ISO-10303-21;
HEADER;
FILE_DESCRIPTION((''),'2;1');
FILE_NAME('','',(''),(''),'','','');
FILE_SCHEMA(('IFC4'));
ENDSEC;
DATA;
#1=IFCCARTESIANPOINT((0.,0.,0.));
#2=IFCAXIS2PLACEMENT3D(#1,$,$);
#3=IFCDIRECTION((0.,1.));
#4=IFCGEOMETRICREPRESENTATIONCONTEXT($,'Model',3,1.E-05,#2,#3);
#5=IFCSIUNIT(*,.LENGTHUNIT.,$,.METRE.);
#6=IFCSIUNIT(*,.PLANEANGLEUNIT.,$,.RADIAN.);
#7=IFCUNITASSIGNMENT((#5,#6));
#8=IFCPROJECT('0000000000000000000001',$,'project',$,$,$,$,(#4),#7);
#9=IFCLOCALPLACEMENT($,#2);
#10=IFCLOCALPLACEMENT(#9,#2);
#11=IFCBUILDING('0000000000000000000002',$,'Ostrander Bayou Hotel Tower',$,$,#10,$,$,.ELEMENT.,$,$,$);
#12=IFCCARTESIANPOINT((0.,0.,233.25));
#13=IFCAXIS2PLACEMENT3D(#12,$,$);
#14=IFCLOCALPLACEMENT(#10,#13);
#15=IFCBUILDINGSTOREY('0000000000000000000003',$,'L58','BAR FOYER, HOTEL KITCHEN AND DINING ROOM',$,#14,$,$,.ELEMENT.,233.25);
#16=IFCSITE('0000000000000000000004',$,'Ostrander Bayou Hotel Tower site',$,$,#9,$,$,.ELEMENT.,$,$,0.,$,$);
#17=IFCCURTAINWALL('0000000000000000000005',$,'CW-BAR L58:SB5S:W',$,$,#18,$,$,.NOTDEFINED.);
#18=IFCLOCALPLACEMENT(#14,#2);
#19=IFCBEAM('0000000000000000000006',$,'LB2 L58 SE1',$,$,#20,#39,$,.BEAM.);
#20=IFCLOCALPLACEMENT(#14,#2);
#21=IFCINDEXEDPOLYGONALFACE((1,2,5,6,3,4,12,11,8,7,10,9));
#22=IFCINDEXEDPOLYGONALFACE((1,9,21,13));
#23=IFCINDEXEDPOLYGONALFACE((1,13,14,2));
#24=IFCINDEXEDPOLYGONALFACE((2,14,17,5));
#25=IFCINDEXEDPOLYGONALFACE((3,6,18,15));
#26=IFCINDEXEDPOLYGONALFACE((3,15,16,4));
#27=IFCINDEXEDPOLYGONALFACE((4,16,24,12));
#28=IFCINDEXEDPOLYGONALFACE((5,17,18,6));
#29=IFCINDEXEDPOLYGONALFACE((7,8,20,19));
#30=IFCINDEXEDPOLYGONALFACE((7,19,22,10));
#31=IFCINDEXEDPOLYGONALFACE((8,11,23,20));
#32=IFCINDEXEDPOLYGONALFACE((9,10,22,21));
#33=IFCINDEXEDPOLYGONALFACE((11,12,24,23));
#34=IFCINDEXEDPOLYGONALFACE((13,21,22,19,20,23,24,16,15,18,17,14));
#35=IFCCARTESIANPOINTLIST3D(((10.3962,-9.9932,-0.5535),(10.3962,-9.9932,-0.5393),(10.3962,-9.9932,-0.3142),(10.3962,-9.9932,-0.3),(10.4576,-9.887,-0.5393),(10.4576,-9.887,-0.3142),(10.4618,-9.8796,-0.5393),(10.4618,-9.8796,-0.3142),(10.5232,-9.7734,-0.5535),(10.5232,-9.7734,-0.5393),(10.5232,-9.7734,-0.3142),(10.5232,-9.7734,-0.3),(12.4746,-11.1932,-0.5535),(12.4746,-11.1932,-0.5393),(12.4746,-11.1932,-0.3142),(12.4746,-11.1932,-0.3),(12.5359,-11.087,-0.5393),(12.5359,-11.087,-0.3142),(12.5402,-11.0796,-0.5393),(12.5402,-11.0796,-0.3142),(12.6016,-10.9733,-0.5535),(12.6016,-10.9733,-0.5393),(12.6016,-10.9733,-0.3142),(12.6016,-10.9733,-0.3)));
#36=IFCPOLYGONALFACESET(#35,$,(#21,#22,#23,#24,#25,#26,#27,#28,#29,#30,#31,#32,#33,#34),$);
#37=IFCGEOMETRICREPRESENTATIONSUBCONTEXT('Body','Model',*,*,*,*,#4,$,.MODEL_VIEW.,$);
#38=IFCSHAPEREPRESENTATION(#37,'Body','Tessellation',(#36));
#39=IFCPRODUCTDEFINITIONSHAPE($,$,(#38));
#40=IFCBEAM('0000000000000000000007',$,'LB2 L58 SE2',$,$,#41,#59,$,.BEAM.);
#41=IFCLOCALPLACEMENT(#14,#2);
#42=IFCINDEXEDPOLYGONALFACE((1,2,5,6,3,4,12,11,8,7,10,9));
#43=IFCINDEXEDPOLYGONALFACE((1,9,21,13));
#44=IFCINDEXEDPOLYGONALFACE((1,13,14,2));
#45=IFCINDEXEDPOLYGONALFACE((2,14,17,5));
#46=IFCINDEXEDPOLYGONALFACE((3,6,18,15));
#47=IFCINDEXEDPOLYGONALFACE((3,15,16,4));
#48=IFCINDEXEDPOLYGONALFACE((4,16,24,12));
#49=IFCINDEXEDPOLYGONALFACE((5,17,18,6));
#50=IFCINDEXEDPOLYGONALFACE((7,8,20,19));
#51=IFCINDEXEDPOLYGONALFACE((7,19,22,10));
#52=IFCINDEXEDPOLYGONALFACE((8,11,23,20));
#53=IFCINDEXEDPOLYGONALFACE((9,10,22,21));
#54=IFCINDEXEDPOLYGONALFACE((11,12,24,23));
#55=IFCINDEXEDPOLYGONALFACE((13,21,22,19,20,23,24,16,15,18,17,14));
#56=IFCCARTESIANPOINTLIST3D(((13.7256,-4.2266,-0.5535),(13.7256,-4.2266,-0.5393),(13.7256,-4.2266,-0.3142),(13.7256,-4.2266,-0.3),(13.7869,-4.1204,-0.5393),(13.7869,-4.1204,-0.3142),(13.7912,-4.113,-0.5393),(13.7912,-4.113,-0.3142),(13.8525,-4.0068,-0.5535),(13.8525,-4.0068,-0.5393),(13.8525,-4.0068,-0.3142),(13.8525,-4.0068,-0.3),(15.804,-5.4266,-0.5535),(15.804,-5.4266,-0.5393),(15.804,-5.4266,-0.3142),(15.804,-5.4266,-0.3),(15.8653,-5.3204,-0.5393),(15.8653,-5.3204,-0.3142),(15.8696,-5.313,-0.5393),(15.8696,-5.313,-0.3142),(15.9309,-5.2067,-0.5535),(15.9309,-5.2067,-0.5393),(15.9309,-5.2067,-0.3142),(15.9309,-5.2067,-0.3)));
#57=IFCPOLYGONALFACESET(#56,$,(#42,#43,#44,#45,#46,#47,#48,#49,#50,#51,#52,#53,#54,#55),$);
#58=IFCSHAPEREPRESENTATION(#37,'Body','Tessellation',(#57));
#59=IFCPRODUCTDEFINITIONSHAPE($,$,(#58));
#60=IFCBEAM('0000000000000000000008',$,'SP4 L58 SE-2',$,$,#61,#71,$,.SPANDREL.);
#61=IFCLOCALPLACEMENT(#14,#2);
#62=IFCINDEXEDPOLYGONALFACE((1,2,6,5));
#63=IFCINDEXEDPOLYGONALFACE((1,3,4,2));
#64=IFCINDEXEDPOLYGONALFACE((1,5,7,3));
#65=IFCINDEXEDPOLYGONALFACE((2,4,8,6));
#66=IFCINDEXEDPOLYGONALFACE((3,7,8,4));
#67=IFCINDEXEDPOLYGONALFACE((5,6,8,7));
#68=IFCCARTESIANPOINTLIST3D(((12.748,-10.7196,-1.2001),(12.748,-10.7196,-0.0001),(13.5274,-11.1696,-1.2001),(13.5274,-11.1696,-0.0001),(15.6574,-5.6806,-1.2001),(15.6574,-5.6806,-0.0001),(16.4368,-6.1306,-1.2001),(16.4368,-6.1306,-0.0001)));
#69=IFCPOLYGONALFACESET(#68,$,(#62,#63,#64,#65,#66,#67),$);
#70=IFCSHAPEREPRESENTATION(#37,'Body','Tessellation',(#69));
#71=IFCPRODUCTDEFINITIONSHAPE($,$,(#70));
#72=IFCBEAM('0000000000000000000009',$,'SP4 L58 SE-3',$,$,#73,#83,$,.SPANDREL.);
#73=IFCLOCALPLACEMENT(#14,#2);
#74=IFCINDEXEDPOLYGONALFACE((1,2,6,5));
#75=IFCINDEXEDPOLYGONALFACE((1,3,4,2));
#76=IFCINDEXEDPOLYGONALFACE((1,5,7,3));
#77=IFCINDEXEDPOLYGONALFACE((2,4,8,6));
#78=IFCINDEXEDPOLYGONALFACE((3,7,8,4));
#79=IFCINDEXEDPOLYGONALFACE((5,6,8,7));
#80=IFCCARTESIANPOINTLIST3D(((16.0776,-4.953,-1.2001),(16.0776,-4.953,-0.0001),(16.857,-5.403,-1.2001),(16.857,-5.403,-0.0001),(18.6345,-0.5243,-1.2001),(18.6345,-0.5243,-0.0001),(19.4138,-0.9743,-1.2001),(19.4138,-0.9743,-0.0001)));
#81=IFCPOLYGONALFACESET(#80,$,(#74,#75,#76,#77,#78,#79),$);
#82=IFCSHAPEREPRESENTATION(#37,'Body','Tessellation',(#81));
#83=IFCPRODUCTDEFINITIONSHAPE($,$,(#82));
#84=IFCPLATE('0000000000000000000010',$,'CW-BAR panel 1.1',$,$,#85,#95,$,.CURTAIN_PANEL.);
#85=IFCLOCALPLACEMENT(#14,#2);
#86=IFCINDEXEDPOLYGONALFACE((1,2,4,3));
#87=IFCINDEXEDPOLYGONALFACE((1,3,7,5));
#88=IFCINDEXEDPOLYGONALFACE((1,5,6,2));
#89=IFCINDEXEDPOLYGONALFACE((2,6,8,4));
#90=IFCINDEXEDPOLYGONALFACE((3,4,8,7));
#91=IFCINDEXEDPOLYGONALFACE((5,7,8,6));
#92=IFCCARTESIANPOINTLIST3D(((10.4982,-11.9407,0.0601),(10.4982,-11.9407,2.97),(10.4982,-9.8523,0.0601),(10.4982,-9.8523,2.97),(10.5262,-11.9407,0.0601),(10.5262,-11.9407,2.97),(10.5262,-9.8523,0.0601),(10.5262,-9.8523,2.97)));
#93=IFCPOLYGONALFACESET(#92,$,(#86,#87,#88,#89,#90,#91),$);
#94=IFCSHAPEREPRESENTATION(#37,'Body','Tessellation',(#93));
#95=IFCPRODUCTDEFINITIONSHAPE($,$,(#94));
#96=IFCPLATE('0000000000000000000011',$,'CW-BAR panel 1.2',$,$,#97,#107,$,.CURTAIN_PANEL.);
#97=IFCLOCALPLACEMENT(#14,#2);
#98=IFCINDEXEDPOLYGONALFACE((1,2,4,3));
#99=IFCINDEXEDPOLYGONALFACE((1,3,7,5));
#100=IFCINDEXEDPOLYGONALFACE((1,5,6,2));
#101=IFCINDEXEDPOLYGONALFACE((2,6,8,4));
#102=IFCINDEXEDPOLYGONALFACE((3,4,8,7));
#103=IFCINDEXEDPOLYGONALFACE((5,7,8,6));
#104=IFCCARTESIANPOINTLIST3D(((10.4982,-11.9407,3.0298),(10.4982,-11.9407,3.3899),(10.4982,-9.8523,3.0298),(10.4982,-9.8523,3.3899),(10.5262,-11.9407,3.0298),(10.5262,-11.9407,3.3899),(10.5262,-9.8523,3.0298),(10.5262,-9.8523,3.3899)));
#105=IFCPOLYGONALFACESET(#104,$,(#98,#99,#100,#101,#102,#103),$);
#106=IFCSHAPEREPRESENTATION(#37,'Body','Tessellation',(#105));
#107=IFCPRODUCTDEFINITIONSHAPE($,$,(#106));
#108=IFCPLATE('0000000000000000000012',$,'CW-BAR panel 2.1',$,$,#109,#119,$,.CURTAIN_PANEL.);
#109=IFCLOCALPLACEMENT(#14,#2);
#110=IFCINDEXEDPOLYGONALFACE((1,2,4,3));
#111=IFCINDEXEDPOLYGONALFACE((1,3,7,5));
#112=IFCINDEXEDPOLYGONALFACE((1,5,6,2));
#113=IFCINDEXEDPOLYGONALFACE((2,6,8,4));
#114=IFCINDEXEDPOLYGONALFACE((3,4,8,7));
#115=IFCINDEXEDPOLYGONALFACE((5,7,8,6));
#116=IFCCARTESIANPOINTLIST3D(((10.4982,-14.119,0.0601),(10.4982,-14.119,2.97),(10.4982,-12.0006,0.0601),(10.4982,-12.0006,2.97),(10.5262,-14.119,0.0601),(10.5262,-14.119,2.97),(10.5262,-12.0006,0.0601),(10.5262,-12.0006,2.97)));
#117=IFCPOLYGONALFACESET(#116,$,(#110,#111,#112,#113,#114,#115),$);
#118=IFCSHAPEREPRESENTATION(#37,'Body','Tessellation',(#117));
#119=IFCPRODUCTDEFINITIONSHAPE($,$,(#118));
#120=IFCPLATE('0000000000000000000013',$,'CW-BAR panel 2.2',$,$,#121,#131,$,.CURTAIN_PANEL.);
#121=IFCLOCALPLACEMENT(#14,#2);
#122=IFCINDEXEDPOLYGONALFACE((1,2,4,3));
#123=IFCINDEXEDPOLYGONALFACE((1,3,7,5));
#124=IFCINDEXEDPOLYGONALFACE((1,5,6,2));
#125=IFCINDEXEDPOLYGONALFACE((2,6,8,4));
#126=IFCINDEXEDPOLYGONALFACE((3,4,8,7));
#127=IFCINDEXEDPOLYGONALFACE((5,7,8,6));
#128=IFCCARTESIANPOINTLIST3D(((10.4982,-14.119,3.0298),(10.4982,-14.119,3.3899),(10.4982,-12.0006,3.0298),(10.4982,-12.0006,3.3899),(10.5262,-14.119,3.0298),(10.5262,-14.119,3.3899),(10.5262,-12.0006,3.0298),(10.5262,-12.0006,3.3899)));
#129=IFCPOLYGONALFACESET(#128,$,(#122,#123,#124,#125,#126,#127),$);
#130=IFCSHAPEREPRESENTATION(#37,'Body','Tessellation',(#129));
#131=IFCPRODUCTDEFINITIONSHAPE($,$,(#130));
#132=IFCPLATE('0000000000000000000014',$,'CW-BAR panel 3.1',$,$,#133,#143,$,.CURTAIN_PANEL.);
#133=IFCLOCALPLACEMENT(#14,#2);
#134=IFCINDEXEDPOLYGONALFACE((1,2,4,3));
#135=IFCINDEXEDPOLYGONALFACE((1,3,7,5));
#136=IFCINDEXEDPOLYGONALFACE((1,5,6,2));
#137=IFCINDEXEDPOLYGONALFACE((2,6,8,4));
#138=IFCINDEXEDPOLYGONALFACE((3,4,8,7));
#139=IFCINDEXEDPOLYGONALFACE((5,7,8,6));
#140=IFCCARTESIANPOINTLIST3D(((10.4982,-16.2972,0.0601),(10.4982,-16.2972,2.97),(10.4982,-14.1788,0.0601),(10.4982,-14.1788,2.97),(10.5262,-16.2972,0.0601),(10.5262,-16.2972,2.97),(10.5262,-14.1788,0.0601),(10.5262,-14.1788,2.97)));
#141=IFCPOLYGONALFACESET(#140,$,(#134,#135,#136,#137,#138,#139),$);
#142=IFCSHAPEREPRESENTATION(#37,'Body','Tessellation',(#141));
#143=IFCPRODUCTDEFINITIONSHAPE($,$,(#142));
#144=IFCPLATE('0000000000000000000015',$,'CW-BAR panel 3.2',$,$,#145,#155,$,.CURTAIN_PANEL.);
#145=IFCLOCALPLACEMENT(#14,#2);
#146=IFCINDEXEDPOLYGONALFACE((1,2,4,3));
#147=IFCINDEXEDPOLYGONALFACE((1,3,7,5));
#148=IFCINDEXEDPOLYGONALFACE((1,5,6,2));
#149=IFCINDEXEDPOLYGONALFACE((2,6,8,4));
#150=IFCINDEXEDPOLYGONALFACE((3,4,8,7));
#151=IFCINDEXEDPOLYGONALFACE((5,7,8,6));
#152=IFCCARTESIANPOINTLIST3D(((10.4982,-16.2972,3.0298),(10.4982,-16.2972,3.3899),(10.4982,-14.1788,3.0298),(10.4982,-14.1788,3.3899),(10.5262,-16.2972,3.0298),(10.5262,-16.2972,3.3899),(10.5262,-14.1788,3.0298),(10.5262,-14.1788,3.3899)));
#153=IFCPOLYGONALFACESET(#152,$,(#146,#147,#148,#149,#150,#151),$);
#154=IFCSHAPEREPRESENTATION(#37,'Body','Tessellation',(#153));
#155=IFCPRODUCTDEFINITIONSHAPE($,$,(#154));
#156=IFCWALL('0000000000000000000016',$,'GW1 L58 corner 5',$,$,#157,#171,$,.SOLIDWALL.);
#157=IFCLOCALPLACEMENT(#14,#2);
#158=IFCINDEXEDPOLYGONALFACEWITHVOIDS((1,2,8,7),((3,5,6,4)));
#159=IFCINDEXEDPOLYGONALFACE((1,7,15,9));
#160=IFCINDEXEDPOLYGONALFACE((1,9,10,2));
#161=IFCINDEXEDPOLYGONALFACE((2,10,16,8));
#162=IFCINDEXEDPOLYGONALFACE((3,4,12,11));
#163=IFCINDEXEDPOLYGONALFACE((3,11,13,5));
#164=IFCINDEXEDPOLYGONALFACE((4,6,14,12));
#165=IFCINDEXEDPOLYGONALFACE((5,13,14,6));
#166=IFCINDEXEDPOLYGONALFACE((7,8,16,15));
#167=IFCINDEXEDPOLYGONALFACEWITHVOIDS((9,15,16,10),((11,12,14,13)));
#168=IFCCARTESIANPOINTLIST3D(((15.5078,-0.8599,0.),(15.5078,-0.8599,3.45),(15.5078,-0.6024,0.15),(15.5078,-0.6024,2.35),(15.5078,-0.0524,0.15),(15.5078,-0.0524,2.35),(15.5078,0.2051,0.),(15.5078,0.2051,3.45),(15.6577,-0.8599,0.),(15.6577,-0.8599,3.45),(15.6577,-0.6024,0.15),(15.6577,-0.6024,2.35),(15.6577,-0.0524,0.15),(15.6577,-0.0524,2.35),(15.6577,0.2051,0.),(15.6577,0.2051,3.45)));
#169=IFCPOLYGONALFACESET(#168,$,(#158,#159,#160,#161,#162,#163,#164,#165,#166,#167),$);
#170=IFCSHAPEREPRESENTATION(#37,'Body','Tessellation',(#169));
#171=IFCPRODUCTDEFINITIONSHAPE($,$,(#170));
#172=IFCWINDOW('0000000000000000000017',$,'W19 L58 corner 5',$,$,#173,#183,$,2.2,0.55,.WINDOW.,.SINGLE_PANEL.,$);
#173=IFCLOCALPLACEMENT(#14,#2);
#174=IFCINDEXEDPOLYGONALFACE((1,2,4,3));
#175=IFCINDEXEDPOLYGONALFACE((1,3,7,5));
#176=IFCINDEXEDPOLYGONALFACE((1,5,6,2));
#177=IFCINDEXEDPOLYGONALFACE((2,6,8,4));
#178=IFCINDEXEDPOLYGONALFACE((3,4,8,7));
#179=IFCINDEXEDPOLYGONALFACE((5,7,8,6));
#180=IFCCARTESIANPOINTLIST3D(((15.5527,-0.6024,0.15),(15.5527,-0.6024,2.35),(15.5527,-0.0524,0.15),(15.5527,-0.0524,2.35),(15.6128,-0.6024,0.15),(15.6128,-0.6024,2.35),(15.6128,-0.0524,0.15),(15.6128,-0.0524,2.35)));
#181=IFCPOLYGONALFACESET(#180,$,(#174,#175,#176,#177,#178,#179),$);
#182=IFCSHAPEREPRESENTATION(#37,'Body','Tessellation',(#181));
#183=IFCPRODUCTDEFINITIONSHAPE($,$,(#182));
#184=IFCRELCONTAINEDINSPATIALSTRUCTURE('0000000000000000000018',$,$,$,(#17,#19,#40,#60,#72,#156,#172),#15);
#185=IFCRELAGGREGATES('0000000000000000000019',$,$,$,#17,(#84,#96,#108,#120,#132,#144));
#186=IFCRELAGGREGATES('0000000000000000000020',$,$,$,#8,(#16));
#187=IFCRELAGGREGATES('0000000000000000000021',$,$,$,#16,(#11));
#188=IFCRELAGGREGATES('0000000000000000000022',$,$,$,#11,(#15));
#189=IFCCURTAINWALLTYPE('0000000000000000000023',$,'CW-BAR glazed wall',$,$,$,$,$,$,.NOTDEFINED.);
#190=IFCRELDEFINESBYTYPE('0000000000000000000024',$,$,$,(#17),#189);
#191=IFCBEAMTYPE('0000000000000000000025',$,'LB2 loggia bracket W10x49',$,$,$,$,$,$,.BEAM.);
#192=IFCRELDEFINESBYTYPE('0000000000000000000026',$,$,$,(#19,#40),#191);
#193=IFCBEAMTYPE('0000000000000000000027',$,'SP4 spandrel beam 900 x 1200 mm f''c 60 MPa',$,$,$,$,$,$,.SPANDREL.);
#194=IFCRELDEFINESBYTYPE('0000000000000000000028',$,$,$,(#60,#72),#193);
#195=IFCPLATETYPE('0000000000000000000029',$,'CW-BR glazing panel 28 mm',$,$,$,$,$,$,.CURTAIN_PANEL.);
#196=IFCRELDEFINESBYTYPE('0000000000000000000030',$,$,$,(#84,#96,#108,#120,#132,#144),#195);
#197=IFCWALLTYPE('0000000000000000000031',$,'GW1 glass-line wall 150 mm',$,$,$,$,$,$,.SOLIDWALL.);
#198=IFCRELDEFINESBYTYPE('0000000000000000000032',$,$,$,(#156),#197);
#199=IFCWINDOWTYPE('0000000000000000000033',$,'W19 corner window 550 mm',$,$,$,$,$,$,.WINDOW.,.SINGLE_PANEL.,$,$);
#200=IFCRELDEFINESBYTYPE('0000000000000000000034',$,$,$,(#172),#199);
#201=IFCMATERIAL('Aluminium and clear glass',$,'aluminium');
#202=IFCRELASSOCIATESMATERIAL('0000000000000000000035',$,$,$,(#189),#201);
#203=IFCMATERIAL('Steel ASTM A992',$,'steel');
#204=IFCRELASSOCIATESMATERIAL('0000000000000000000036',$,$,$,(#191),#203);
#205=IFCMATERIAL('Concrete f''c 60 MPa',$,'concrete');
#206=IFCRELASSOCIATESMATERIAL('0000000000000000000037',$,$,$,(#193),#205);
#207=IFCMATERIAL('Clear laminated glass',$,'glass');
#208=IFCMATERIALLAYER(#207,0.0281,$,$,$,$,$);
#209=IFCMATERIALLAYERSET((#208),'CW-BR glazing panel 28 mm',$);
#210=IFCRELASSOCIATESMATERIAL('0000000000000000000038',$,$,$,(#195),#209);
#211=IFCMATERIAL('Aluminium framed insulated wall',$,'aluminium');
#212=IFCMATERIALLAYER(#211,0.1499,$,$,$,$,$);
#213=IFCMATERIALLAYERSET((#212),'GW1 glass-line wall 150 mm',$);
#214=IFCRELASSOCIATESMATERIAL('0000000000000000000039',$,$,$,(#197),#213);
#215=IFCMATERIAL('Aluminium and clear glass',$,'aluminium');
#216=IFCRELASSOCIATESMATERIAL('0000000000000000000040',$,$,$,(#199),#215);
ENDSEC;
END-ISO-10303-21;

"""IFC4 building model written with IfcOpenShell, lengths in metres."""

from ifc_helpers import new_model, si_unit, direction, frame, frame_2d, origin, origin_2d, place, context, subcontext, project, spatial, rectangle, i_section, extrude, material, layer, layer_set, material_profile, profile_set, type_object, element, fill, aggregate, save


model = new_model("IFC4")

# Units and contexts
model_context = context("Model", 3, precision=1e-05, world=origin(), true_north=direction((0.0, 1.0)))
body_context = subcontext(model_context, "Body", "Model", "MODEL_VIEW")
ifc_project = project(units=[si_unit("LENGTHUNIT", "METRE"), si_unit("PLANEANGLEUNIT", "RADIAN")], contexts=[model_context])

# Site, building, storey
site_placement = place(None, origin())
site = spatial("IfcSite", under=ifc_project, at=site_placement, Name="Ostrander Bayou Hotel Tower site", CompositionType="ELEMENT", RefElevation=0.0)
building_placement = place(site_placement, origin())
building = spatial("IfcBuilding", under=site, at=building_placement, Name="Ostrander Bayou Hotel Tower", CompositionType="ELEMENT")
storey_placement = place(building_placement, frame((0.0, 0.0, 233.25)))
storey = spatial("IfcBuildingStorey", under=building, at=storey_placement, Name="L58", Description="BAR FOYER, HOTEL KITCHEN AND DINING ROOM", CompositionType="ELEMENT", Elevation=233.25)

# Curtain wall
ifc_material_1 = material(Name="Aluminium and clear glass", Category="aluminium")
curtain_wall_type = type_object("IfcCurtainWallType", Name="CW-BAR glazed wall", PredefinedType="NOTDEFINED", material=ifc_material_1)
curtain_wall_placement = place(storey_placement, origin())
curtain_wall = element("IfcCurtainWall", 1, at=curtain_wall_placement, inside=storey, type_object=curtain_wall_type, Name="CW-BAR L58:SB5S:W", PredefinedType="NOTDEFINED")

# Beams
ifc_material_2 = material(Name="Steel ASTM A992", Category="steel")
ifc_material_profile_1 = material_profile(ifc_material_2, i_section(OverallWidth=0.2539, OverallDepth=0.2534, WebThickness=0.0085, FlangeThickness=0.0142, at=origin_2d()))
ifc_profile_set_1 = profile_set([ifc_material_profile_1], Name="Steel ASTM A992")
beam_type_1 = type_object("IfcBeamType", Name="LB2 loggia bracket W10x49", PredefinedType="BEAM", material=ifc_profile_set_1)
for number, where, z_axis, x_axis, name in (
    (2, (12.5381, -11.0833, -0.4268), (-0.866025, 0.500001, 0.0), (-0.500001, -0.866025, 0.0), "LB2 L58 SE1"),
    (3, (15.8674, -5.3167, -0.4268), (-0.866025, 0.500001, 0.0), (-0.500001, -0.866025, 0.0), "LB2 L58 SE2"),
):
    element("IfcBeam", number, at=place(storey_placement, frame(where, z_axis=z_axis, x_axis=x_axis)), inside=storey, type_object=beam_type_1, Name=name, PredefinedType="BEAM", context=body_context, shape_type="SweptSolid", body=[
        extrude(i_section(OverallWidth=0.2539, OverallDepth=0.2534, WebThickness=0.0085, FlangeThickness=0.0142, at=origin_2d()), origin(), (0.0, 0.0, 1.0), 2.3999),
    ])
ifc_material_3 = material(Name="Concrete f'c 60 MPa", Category="concrete")
ifc_material_profile_2 = material_profile(ifc_material_3, rectangle(XDim=0.8999, YDim=1.2, at=origin_2d()))
ifc_profile_set_2 = profile_set([ifc_material_profile_2], Name="Concrete f'c 60 MPa")
beam_type_2 = type_object("IfcBeamType", Name="SP4 spandrel beam 900 x 1200 mm f'c 60 MPa", PredefinedType="SPANDREL", material=ifc_profile_set_2)
beam_1_placement = place(storey_placement, frame((13.1377, -10.9446, -0.6001), z_axis=(0.500015, 0.866016, 0.0), x_axis=(-0.866016, 0.500015, 0.0)))
element("IfcBeam", 4, at=beam_1_placement, inside=storey, type_object=beam_type_2, Name="SP4 L58 SE-2", PredefinedType="SPANDREL", context=body_context, shape_type="SweptSolid", body=[
    extrude(rectangle(XDim=0.8999, YDim=1.2, at=origin_2d()), origin(), (0.0, 0.0, 1.0), 5.8186),
])
beam_2_placement = place(storey_placement, frame((16.4673, -5.178, -0.6001), z_axis=(0.499995, 0.866028, 0.0), x_axis=(-0.866028, 0.499995, 0.0)))
element("IfcBeam", 5, at=beam_2_placement, inside=storey, type_object=beam_type_2, Name="SP4 L58 SE-3", PredefinedType="SPANDREL", context=body_context, shape_type="SweptSolid", body=[
    extrude(rectangle(XDim=0.8999, YDim=1.2, at=origin_2d()), origin(), (0.0, 0.0, 1.0), 5.1138),
])

# Plates
ifc_material_4 = material(Name="Clear laminated glass", Category="glass")
ifc_layer_1 = layer(ifc_material_4, 0.0281)
ifc_layer_set_1 = layer_set([ifc_layer_1], Name="CW-BR glazing panel 28 mm")
plate_type = type_object("IfcPlateType", Name="CW-BR glazing panel 28 mm", PredefinedType="CURTAIN_PANEL", material=ifc_layer_set_1)
plate_1_placement = place(storey_placement, frame((10.5122, -10.8965, 0.0601), z_axis=(0.0, 0.0, 1.0), x_axis=(0.0, -1.0, 0.0)))
plate_1 = element("IfcPlate", 6, at=plate_1_placement, type_object=plate_type, Name="CW-BAR panel 1.1", PredefinedType="CURTAIN_PANEL", context=body_context, shape_type="SweptSolid", body=[
    extrude(rectangle(XDim=2.0884, YDim=0.0281, at=origin_2d()), origin(), (0.0, 0.0, 1.0), 2.9099),
])
plate_2_placement = place(storey_placement, frame((10.5122, -10.8965, 3.0298), z_axis=(0.0, 0.0, 1.0), x_axis=(0.0, -1.0, 0.0)))
plate_2 = element("IfcPlate", 7, at=plate_2_placement, type_object=plate_type, Name="CW-BAR panel 1.2", PredefinedType="CURTAIN_PANEL", context=body_context, shape_type="SweptSolid", body=[
    extrude(rectangle(XDim=2.0884, YDim=0.0281, at=origin_2d()), origin(), (0.0, 0.0, 1.0), 0.3601),
])
plate_3_placement = place(storey_placement, frame((10.5122, -13.0598, 0.0601), z_axis=(0.0, 0.0, 1.0), x_axis=(0.0, -1.0, 0.0)))
plate_3 = element("IfcPlate", 8, at=plate_3_placement, type_object=plate_type, Name="CW-BAR panel 2.1", PredefinedType="CURTAIN_PANEL", context=body_context, shape_type="SweptSolid", body=[
    extrude(rectangle(XDim=2.1184, YDim=0.0281, at=origin_2d()), origin(), (0.0, 0.0, 1.0), 2.9099),
])
plate_4_placement = place(storey_placement, frame((10.5122, -13.0598, 3.0298), z_axis=(0.0, 0.0, 1.0), x_axis=(0.0, -1.0, 0.0)))
plate_4 = element("IfcPlate", 9, at=plate_4_placement, type_object=plate_type, Name="CW-BAR panel 2.2", PredefinedType="CURTAIN_PANEL", context=body_context, shape_type="SweptSolid", body=[
    extrude(rectangle(XDim=2.1184, YDim=0.0281, at=origin_2d()), origin(), (0.0, 0.0, 1.0), 0.3601),
])
plate_5_placement = place(storey_placement, frame((10.5122, -15.238, 0.0601), z_axis=(0.0, 0.0, 1.0), x_axis=(0.0, -1.0, 0.0)))
plate_5 = element("IfcPlate", 10, at=plate_5_placement, type_object=plate_type, Name="CW-BAR panel 3.1", PredefinedType="CURTAIN_PANEL", context=body_context, shape_type="SweptSolid", body=[
    extrude(rectangle(XDim=2.1184, YDim=0.0281, at=origin_2d()), origin(), (0.0, 0.0, 1.0), 2.9099),
])
plate_6_placement = place(storey_placement, frame((10.5122, -15.238, 3.0298), z_axis=(0.0, 0.0, 1.0), x_axis=(0.0, -1.0, 0.0)))
plate_6 = element("IfcPlate", 11, at=plate_6_placement, type_object=plate_type, Name="CW-BAR panel 3.2", PredefinedType="CURTAIN_PANEL", context=body_context, shape_type="SweptSolid", body=[
    extrude(rectangle(XDim=2.1184, YDim=0.0281, at=origin_2d()), origin(), (0.0, 0.0, 1.0), 0.3601),
])
aggregate(curtain_wall, [plate_1, plate_2, plate_3, plate_4, plate_5, plate_6])

# Wall, opening, window
ifc_material_5 = material(Name="Aluminium framed insulated wall", Category="aluminium")
ifc_layer_2 = layer(ifc_material_5, 0.1499)
ifc_layer_set_2 = layer_set([ifc_layer_2], Name="GW1 glass-line wall 150 mm")
wall_type_1 = type_object("IfcWallType", Name="GW1 glass-line wall 150 mm", PredefinedType="SOLIDWALL", material=ifc_layer_set_2)
wall_1_placement = place(storey_placement, frame((15.5828, -0.8599, 0.0), z_axis=(0.0, 0.0, 1.0), x_axis=(0.0, 1.0, 0.0)))
wall_1 = element("IfcWall", 12, at=wall_1_placement, inside=storey, type_object=wall_type_1, Name="GW1 L58 corner 5", PredefinedType="SOLIDWALL", context=body_context, shape_type="SweptSolid", body=[
    extrude(rectangle(XDim=1.0649, YDim=0.1499, at=frame_2d((0.5325, 0.0))), origin(), (0.0, 0.0, 1.0), 3.45),
])
opening_placement = place(wall_1_placement, frame((0.2576, 0.0, 0.1499)))
opening = element("IfcOpeningElement", 13, at=opening_placement, cuts=wall_1, PredefinedType="OPENING", context=body_context, shape_type="SweptSolid", body=[
    extrude(rectangle(XDim=0.55, YDim=2.2, at=frame_2d((0.2749, 1.1001))), frame((0.0, 0.075, 0.0), z_axis=(0.0, -1.0, 0.0), x_axis=(1.0, 0.0, 0.0)), (0.0, 0.0, 1.0), 0.1499),
])
ifc_material_6 = material(Name="Aluminium and clear glass", Category="aluminium")
window_type = type_object("IfcWindowType", Name="W19 corner window 550 mm", PartitioningType="SINGLE_PANEL", PredefinedType="WINDOW", material=ifc_material_6)
window_placement = place(opening_placement, origin())
window = element("IfcWindow", 14, at=window_placement, inside=storey, type_object=window_type, Name="W19 L58 corner 5", OverallHeight=2.2, OverallWidth=0.55, PartitioningType="SINGLE_PANEL", PredefinedType="WINDOW", context=body_context, shape_type="SweptSolid", body=[
    extrude(rectangle(XDim=0.55, YDim=2.2, at=frame_2d((0.2749, 1.1001))), frame((0.0, 0.03, 0.0), z_axis=(0.0, -1.0, 0.0), x_axis=(1.0, 0.0, 0.0)), (0.0, 0.0, 1.0), 0.0601),
])
fill(opening, window)

save(model, "model.ifc")
